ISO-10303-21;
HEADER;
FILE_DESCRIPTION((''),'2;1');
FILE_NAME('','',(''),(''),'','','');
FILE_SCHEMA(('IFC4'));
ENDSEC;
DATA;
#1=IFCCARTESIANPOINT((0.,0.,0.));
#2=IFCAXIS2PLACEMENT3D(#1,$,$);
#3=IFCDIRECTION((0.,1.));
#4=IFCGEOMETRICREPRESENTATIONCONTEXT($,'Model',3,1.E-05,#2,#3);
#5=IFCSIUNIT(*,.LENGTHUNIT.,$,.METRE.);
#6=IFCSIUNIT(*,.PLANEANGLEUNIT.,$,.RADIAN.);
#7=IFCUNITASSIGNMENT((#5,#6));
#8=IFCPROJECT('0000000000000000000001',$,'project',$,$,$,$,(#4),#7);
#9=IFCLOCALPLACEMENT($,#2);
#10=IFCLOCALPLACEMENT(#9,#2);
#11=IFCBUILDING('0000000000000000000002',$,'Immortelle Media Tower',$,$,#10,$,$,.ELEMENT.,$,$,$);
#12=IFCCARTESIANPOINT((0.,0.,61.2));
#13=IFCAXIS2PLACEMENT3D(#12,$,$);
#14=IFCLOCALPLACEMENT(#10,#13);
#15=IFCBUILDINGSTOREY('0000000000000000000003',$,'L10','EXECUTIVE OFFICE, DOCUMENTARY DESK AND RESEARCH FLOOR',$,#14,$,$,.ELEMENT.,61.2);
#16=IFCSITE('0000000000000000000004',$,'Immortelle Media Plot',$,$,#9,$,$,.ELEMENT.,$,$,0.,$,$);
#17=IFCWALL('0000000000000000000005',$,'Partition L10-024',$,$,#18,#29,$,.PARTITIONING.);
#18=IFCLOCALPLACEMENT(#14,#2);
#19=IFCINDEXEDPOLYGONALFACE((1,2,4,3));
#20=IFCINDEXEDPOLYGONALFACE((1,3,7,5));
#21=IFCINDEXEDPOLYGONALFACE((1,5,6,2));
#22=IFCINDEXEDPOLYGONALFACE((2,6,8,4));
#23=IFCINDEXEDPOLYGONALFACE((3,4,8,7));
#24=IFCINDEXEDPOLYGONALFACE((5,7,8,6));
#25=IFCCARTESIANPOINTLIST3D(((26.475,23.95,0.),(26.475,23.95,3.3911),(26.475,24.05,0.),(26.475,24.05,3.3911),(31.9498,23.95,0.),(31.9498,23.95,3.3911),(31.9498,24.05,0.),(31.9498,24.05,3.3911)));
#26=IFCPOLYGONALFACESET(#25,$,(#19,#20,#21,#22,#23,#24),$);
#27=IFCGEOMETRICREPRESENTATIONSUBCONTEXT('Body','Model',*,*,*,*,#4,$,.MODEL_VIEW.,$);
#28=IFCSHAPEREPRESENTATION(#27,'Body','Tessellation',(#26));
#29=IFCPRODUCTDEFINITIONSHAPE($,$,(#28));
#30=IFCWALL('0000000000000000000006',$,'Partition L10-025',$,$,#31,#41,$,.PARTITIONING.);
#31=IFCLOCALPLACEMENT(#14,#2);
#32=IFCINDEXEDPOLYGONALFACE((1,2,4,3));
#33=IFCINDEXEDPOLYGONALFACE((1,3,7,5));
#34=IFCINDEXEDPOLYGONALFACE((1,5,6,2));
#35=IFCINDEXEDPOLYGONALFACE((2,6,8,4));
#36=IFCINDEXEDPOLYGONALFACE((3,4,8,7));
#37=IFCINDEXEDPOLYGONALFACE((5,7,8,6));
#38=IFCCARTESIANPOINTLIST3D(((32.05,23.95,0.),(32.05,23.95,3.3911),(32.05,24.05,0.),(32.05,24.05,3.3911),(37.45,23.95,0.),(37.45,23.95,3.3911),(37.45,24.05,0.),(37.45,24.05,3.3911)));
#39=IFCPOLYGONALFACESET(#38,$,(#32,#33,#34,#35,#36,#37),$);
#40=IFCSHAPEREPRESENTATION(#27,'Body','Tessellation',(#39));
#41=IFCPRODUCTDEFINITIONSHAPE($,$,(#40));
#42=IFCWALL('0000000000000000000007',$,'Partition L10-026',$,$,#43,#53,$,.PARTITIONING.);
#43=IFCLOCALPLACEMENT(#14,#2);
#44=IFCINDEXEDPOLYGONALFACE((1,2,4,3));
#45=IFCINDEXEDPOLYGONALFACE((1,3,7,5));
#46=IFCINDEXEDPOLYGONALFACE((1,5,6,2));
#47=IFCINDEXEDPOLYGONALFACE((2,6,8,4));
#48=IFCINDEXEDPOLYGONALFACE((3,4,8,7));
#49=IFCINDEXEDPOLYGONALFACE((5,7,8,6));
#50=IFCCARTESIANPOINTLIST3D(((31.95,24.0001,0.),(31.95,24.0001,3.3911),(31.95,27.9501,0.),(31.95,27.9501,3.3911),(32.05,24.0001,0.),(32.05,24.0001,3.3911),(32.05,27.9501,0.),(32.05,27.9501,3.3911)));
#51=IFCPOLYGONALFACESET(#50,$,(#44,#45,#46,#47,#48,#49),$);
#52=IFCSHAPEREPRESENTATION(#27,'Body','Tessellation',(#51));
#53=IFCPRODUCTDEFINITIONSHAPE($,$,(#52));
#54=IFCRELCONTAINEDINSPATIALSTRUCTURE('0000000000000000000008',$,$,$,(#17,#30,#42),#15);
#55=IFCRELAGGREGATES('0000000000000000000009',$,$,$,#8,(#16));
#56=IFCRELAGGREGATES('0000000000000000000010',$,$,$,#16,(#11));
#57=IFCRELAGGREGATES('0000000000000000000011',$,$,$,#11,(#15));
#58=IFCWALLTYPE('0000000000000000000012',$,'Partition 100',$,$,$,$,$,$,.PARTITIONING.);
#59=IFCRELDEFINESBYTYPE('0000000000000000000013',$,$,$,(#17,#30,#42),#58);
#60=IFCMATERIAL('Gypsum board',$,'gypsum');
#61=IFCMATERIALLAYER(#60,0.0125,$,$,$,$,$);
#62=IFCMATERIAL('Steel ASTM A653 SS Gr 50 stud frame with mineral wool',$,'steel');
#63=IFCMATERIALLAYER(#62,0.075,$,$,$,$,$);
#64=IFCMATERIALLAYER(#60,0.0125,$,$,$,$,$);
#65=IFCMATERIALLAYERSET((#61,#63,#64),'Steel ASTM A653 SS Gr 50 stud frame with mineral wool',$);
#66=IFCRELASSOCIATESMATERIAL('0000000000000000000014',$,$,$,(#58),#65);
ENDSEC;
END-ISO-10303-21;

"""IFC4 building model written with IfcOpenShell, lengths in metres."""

from ifc_helpers import new_model, si_unit, direction, frame, frame_2d, origin, place, context, subcontext, project, spatial, rectangle, extrude, material, layer, layer_set, type_object, element, save


model = new_model("IFC4")

# Units and contexts
model_context = context("Model", 3, precision=1e-05, world=origin(), true_north=direction((0.0, 1.0)))
body_context = subcontext(model_context, "Body", "Model", "MODEL_VIEW")
ifc_project = project(units=[si_unit("LENGTHUNIT", "METRE"), si_unit("PLANEANGLEUNIT", "RADIAN")], contexts=[model_context])

# Site, building, storey
site_placement = place(None, origin())
site = spatial("IfcSite", under=ifc_project, at=site_placement, Name="Immortelle Media Plot", CompositionType="ELEMENT", RefElevation=0.0)
building_placement = place(site_placement, origin())
building = spatial("IfcBuilding", under=site, at=building_placement, Name="Immortelle Media Tower", CompositionType="ELEMENT")
storey_placement = place(building_placement, frame((0.0, 0.0, 61.2)))
storey = spatial("IfcBuildingStorey", under=building, at=storey_placement, Name="L10", Description="EXECUTIVE OFFICE, DOCUMENTARY DESK AND RESEARCH FLOOR", CompositionType="ELEMENT", Elevation=61.2)

# Shared definitions
ifc_material_1 = material(Name="Steel ASTM A653 SS Gr 50 stud frame with mineral wool", Category="steel")

# Shared definitions
ifc_material_2 = material(Name="Gypsum board", Category="gypsum")
ifc_layer_1 = layer(ifc_material_2, 0.0125)
ifc_layer_2 = layer(ifc_material_1, 0.075)
ifc_layer_3 = layer(ifc_material_2, 0.0125)
ifc_layer_set_1 = layer_set([ifc_layer_1, ifc_layer_2, ifc_layer_3], Name="Steel ASTM A653 SS Gr 50 stud frame with mineral wool")
wall_type_1 = type_object("IfcWallType", Name="Partition 100", PredefinedType="PARTITIONING", material=ifc_layer_set_1)

# Walls
wall_1_placement = place(storey_placement, frame((26.4751, 24.0, 0.0), z_axis=(0.0, 0.0, 1.0), x_axis=(1.0, 0.0, 0.0)))
element("IfcWall", 1, at=wall_1_placement, inside=storey, type_object=wall_type_1, Name="Partition L10-024", PredefinedType="PARTITIONING", context=body_context, shape_type="SweptSolid", body=[
    extrude(rectangle(XDim=5.4749, YDim=0.1001, at=frame_2d((2.7373, 0.0))), origin(), (0.0, 0.0, 1.0), 3.3911),
])
wall_2_placement = place(storey_placement, frame((32.05, 24.0, 0.0), z_axis=(0.0, 0.0, 1.0), x_axis=(1.0, 0.0, 0.0)))
element("IfcWall", 2, at=wall_2_placement, inside=storey, type_object=wall_type_1, Name="Partition L10-025", PredefinedType="PARTITIONING", context=body_context, shape_type="SweptSolid", body=[
    extrude(rectangle(XDim=5.3999, YDim=0.1001, at=frame_2d((2.7, 0.0))), origin(), (0.0, 0.0, 1.0), 3.3911),
])
wall_3_placement = place(storey_placement, frame((32.0, 24.0, 0.0), z_axis=(0.0, 0.0, 1.0), x_axis=(0.0, 1.0, 0.0)))
element("IfcWall", 3, at=wall_3_placement, inside=storey, type_object=wall_type_1, Name="Partition L10-026", PredefinedType="PARTITIONING", context=body_context, shape_type="SweptSolid", body=[
    extrude(rectangle(XDim=3.95, YDim=0.1001, at=frame_2d((1.9751, 0.0))), origin(), (0.0, 0.0, 1.0), 3.3911),
])

save(model, "model.ifc")
